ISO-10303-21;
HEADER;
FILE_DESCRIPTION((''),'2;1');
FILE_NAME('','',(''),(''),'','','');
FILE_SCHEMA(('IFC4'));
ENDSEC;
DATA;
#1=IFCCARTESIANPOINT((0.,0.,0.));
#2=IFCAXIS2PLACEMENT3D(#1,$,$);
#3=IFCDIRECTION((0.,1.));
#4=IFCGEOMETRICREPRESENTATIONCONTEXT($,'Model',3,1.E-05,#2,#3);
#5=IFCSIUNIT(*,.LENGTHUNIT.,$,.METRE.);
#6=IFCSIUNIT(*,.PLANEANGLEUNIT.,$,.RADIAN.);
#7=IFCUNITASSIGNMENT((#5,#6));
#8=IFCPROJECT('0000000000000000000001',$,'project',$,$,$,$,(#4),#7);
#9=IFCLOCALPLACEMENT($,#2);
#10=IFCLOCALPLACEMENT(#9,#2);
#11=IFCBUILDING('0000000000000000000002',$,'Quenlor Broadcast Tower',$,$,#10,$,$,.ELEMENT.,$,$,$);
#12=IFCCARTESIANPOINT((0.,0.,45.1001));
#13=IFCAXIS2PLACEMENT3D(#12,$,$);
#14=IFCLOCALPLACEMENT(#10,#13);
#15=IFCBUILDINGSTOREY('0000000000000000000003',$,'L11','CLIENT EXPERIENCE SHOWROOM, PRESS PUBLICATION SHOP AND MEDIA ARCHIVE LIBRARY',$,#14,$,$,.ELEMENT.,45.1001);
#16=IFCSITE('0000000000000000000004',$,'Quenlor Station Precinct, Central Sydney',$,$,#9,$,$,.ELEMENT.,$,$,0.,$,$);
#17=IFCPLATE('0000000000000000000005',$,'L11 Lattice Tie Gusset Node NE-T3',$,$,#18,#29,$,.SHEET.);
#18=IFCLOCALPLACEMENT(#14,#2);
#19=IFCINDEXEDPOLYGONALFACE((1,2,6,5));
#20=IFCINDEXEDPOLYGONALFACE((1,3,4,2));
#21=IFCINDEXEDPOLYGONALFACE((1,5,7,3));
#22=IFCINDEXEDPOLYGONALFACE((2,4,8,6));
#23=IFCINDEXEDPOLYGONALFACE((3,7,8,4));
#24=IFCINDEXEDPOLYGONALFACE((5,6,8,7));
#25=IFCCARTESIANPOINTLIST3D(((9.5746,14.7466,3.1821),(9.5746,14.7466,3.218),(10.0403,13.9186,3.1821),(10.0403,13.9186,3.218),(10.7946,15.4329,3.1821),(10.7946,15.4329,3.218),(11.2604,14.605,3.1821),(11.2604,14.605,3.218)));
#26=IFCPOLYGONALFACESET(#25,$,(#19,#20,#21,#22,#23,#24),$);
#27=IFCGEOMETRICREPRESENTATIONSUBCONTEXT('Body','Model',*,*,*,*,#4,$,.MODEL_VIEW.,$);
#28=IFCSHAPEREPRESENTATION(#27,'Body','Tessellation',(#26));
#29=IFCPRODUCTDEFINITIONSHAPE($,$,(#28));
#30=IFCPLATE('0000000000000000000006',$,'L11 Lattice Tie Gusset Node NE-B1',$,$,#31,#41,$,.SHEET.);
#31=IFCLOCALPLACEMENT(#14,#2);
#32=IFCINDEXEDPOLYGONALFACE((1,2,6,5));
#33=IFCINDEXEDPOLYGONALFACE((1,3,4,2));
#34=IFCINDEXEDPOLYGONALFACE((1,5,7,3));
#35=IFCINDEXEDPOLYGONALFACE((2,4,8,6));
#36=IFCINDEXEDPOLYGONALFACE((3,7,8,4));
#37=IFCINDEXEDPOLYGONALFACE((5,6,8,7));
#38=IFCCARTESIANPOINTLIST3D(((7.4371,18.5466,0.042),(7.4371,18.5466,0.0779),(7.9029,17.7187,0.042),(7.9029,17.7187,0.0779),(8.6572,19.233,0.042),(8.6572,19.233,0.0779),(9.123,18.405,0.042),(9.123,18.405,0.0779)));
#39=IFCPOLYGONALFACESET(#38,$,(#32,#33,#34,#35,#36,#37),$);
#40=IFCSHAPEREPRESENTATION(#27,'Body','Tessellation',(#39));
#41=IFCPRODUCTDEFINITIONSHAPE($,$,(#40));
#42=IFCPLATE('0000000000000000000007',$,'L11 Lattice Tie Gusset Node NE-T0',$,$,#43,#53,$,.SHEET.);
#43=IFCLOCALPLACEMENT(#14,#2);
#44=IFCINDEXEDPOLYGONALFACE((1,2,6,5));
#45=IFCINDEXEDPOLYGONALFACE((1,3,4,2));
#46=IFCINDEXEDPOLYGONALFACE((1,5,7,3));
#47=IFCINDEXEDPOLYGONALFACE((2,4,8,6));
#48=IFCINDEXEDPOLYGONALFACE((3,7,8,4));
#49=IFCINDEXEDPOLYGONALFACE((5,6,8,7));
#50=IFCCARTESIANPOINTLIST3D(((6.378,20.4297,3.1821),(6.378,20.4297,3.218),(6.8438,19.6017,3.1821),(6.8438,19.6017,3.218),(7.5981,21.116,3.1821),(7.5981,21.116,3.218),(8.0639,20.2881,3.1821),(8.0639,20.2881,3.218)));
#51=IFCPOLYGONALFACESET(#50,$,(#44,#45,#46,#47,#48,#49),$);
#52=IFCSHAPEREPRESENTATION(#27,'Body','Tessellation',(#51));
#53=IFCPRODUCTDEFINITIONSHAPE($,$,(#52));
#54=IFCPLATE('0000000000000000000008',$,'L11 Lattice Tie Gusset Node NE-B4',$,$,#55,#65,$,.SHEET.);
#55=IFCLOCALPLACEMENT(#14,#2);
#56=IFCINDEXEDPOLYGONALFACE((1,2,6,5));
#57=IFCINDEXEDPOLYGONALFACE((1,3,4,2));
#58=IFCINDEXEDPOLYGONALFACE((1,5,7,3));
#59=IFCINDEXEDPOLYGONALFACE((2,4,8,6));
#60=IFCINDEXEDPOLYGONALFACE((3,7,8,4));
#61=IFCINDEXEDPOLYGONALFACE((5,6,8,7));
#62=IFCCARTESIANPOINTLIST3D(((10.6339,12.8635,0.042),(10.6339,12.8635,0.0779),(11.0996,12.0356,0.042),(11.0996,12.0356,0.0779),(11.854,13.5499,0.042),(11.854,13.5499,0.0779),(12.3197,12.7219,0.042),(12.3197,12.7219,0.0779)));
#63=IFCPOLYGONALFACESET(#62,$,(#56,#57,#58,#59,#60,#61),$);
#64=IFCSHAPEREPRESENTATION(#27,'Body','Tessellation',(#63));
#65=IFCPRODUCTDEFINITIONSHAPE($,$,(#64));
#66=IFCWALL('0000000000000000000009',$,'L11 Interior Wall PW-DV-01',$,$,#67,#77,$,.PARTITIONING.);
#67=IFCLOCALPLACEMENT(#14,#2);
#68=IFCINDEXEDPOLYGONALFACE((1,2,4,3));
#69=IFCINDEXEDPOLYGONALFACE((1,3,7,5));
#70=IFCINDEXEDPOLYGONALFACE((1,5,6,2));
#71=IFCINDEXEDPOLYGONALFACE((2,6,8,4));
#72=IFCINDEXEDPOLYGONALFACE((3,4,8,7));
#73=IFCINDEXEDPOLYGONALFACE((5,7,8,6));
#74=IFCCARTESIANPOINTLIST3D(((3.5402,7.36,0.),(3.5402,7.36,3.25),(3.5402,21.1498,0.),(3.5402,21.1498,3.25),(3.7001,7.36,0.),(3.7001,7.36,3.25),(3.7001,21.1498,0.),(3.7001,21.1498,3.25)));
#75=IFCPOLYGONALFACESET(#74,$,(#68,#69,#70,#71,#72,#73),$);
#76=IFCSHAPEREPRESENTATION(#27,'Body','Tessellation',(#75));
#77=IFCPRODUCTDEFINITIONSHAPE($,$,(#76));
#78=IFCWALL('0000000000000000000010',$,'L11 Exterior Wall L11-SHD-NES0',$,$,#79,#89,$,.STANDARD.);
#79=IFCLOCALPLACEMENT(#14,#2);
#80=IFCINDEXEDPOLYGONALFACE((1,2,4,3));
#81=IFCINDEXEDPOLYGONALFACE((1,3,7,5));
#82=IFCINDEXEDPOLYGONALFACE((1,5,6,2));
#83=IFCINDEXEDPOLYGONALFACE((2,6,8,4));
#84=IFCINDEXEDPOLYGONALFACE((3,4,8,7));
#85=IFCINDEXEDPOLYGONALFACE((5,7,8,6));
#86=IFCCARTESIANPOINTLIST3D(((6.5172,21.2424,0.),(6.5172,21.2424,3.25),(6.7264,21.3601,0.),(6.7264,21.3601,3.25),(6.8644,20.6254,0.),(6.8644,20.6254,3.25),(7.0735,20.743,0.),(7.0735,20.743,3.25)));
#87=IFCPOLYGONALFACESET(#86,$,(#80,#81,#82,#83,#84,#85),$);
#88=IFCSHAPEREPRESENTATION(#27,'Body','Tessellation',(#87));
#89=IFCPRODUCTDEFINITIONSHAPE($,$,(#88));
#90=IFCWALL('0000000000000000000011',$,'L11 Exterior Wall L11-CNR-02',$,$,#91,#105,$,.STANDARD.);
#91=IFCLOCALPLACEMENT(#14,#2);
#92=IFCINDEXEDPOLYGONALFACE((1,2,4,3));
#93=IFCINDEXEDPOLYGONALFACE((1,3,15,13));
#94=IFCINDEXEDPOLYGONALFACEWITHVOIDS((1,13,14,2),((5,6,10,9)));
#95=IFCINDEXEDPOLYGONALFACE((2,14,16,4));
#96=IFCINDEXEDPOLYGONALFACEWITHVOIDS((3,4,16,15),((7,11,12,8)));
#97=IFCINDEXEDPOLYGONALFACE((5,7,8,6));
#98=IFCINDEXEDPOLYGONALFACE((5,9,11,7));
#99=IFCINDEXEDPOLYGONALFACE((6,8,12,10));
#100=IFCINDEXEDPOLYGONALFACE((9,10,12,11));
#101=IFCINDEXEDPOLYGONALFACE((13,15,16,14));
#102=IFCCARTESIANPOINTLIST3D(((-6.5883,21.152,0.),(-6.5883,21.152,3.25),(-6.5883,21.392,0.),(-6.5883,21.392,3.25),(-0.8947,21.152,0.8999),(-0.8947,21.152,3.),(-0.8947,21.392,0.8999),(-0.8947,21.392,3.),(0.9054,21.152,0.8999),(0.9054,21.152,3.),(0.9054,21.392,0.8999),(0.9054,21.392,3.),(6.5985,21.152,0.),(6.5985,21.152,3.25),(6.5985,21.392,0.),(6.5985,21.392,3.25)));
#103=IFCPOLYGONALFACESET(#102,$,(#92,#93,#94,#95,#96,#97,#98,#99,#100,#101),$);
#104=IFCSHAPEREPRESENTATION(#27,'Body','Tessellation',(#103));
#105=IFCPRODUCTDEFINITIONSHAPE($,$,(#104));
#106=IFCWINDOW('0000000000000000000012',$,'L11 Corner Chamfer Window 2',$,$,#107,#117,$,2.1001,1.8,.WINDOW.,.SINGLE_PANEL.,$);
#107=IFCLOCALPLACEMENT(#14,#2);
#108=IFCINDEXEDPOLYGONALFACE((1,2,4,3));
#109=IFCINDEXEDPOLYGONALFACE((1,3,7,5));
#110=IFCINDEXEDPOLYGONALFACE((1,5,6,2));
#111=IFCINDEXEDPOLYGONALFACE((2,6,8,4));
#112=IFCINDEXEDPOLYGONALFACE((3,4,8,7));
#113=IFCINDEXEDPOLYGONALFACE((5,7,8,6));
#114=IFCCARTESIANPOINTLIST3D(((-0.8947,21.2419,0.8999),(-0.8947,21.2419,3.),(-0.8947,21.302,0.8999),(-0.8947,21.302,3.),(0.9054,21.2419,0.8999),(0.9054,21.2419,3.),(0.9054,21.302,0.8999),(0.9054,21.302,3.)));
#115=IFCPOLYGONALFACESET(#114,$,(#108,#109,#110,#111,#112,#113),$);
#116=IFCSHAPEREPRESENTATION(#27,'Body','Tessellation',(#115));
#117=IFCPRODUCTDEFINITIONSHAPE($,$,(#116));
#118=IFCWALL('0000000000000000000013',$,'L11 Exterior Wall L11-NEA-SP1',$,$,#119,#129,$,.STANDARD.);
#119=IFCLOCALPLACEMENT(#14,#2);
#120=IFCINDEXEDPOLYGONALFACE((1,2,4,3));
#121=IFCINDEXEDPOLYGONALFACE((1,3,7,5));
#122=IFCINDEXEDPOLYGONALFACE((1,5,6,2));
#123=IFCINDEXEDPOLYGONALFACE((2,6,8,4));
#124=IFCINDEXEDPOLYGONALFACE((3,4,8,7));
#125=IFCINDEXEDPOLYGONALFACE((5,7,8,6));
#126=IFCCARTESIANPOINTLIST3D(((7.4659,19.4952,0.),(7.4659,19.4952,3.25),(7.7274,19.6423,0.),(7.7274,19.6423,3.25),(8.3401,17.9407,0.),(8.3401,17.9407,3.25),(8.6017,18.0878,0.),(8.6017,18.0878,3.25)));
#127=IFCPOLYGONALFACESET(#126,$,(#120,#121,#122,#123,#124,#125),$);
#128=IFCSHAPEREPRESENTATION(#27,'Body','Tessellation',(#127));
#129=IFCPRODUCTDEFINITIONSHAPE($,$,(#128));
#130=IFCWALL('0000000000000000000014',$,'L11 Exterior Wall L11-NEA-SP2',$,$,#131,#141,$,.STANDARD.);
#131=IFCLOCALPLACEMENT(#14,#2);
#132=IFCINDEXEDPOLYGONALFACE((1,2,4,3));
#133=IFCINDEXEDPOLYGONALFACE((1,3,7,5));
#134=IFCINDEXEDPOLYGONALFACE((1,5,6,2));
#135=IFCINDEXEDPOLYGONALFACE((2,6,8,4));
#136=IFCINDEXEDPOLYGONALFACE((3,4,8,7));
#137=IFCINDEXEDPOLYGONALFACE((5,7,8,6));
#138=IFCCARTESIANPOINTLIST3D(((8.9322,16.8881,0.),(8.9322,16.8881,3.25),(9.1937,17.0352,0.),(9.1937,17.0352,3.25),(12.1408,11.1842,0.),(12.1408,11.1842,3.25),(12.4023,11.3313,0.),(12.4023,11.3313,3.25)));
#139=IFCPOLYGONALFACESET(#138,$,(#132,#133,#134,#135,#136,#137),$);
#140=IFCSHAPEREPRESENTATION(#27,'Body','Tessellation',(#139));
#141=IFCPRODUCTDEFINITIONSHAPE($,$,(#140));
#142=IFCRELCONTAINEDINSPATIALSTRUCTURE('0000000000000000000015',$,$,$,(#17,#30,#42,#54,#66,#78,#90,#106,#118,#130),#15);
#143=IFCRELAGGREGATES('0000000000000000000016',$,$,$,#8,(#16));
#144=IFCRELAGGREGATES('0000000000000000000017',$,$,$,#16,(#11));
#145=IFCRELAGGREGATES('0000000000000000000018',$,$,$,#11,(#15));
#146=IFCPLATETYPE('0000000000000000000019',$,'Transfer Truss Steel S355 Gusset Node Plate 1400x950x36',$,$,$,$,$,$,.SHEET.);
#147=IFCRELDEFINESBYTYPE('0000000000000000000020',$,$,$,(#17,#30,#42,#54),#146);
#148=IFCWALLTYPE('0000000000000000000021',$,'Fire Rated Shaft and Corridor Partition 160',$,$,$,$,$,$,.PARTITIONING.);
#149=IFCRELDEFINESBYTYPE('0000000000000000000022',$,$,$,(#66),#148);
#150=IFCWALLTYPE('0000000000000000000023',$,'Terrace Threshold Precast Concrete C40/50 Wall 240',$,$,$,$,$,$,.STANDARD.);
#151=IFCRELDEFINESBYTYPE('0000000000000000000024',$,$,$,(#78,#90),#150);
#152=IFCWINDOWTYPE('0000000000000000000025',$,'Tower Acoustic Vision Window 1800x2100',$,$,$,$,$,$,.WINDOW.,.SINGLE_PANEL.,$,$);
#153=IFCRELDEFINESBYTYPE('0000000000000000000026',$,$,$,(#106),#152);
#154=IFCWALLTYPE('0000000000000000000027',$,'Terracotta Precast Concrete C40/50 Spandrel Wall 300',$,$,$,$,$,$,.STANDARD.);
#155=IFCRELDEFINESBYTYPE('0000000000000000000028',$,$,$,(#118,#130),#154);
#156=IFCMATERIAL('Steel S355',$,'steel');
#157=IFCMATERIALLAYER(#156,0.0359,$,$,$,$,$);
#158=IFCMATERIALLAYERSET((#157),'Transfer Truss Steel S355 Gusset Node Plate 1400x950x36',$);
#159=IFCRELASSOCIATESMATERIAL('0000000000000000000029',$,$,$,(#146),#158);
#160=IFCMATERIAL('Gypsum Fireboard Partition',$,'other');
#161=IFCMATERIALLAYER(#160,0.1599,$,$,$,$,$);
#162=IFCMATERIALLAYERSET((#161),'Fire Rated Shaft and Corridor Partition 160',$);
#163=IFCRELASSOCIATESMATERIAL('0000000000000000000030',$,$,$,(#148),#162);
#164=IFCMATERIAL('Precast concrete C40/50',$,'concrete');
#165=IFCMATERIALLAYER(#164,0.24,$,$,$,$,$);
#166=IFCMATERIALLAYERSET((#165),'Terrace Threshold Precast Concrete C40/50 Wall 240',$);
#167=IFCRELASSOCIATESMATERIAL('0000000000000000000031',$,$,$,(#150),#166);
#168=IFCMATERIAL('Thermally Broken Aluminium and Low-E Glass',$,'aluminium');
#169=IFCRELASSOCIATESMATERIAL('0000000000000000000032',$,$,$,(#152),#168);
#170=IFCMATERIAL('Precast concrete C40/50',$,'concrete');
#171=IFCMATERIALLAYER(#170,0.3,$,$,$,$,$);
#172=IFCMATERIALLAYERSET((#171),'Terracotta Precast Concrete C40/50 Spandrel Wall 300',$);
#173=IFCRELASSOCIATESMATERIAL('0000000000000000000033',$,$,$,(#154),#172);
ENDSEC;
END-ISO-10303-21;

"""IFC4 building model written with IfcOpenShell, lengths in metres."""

from ifc_helpers import new_model, si_unit, direction, frame, frame_2d, origin, origin_2d, place, context, subcontext, project, spatial, rectangle, extrude, material, layer, layer_set, type_object, element, fill, save


model = new_model("IFC4")

# Units and contexts
model_context = context("Model", 3, precision=1e-05, world=origin(), true_north=direction((0.0, 1.0)))
body_context = subcontext(model_context, "Body", "Model", "MODEL_VIEW")
ifc_project = project(units=[si_unit("LENGTHUNIT", "METRE"), si_unit("PLANEANGLEUNIT", "RADIAN")], contexts=[model_context])

# Site, building, storey
site_placement = place(None, origin())
site = spatial("IfcSite", under=ifc_project, at=site_placement, Name="Quenlor Station Precinct, Central Sydney", CompositionType="ELEMENT", RefElevation=0.0)
building_placement = place(site_placement, origin())
building = spatial("IfcBuilding", under=site, at=building_placement, Name="Quenlor Broadcast Tower", CompositionType="ELEMENT")
storey_placement = place(building_placement, frame((0.0, 0.0, 45.1001)))
storey = spatial("IfcBuildingStorey", under=building, at=storey_placement, Name="L11", Description="CLIENT EXPERIENCE SHOWROOM, PRESS PUBLICATION SHOP AND MEDIA ARCHIVE LIBRARY", CompositionType="ELEMENT", Elevation=45.1001)

# Plates
ifc_material_1 = material(Name="Steel S355", Category="steel")
ifc_layer_1 = layer(ifc_material_1, 0.0359)
ifc_layer_set_1 = layer_set([ifc_layer_1], Name="Transfer Truss Steel S355 Gusset Node Plate 1400x950x36")
plate_type_1 = type_object("IfcPlateType", Name="Transfer Truss Steel S355 Gusset Node Plate 1400x950x36", PredefinedType="SHEET", material=ifc_layer_set_1)
for number, where, z_axis, x_axis, name in (
    (1, (10.4175, 14.6758, 3.1821), (0.0, 0.0, 1.0), (0.871556, 0.490295, 0.0), "L11 Lattice Tie Gusset Node NE-T3"),
    (2, (8.28, 18.4758, 0.042), (0.0, 0.0, 1.0), (0.871556, 0.490295, 0.0), "L11 Lattice Tie Gusset Node NE-B1"),
    (3, (7.2209, 20.3589, 3.1821), (0.0, 0.0, 1.0), (0.871556, 0.490295, 0.0), "L11 Lattice Tie Gusset Node NE-T0"),
    (4, (11.4768, 12.7927, 0.042), (0.0, 0.0, 1.0), (0.871556, 0.490295, 0.0), "L11 Lattice Tie Gusset Node NE-B4"),
):
    element("IfcPlate", number, at=place(storey_placement, frame(where, z_axis=z_axis, x_axis=x_axis)), inside=storey, type_object=plate_type_1, Name=name, PredefinedType="SHEET", context=body_context, shape_type="SweptSolid", body=[
        extrude(rectangle(XDim=1.3999, YDim=0.95, at=origin_2d()), origin(), (0.0, 0.0, 1.0), 0.0359),
    ])

# Walls
ifc_material_2 = material(Name="Gypsum Fireboard Partition", Category="other")
ifc_layer_2 = layer(ifc_material_2, 0.1599)
ifc_layer_set_2 = layer_set([ifc_layer_2], Name="Fire Rated Shaft and Corridor Partition 160")
wall_type_1 = type_object("IfcWallType", Name="Fire Rated Shaft and Corridor Partition 160", PredefinedType="PARTITIONING", material=ifc_layer_set_2)
wall_1_placement = place(storey_placement, frame((3.6201, 21.1499, 0.0), z_axis=(0.0, 0.0, 1.0), x_axis=(0.0, -1.0, 0.0)))
element("IfcWall", 5, at=wall_1_placement, inside=storey, type_object=wall_type_1, Name="L11 Interior Wall PW-DV-01", PredefinedType="PARTITIONING", context=body_context, shape_type="SweptSolid", body=[
    extrude(rectangle(XDim=13.7898, YDim=0.1599, at=frame_2d((6.895, 0.0))), origin(), (0.0, 0.0, 1.0), 3.25),
])
ifc_material_3 = material(Name="Precast concrete C40/50", Category="concrete")
ifc_layer_3 = layer(ifc_material_3, 0.24)
ifc_layer_set_3 = layer_set([ifc_layer_3], Name="Terrace Threshold Precast Concrete C40/50 Wall 240")
wall_type_2 = type_object("IfcWallType", Name="Terrace Threshold Precast Concrete C40/50 Wall 240", PredefinedType="STANDARD", material=ifc_layer_set_3)
wall_2_placement = place(storey_placement, frame((6.6218, 21.3013, 0.0), z_axis=(0.0, 0.0, 1.0), x_axis=(0.490261, -0.871576, 0.0)))
element("IfcWall", 6, at=wall_2_placement, inside=storey, type_object=wall_type_2, Name="L11 Exterior Wall L11-SHD-NES0", PredefinedType="STANDARD", context=body_context, shape_type="SweptSolid", body=[
    extrude(rectangle(XDim=0.708, YDim=0.24, at=frame_2d((0.354, 0.0))), origin(), (0.0, 0.0, 1.0), 3.25),
])

# Wall, opening, window
wall_3_placement = place(storey_placement, frame((6.5984, 21.272, 0.0), z_axis=(0.0, 0.0, 1.0), x_axis=(-1.0, 0.0, 0.0)))
wall_3 = element("IfcWall", 7, at=wall_3_placement, inside=storey, type_object=wall_type_2, Name="L11 Exterior Wall L11-CNR-02", PredefinedType="STANDARD", context=body_context, shape_type="SweptSolid", body=[
    extrude(rectangle(XDim=13.1868, YDim=0.24, at=frame_2d((6.5933, 0.0))), origin(), (0.0, 0.0, 1.0), 3.25),
])
opening_placement = place(wall_3_placement, frame((5.6931, 0.0, 0.8999)))
opening = element("IfcOpeningElement", 8, at=opening_placement, cuts=wall_3, PredefinedType="OPENING", context=body_context, shape_type="SweptSolid", body=[
    extrude(rectangle(XDim=1.8, YDim=2.1001, at=frame_2d((0.8999, 1.05))), frame((0.0, 0.1299, 0.0), z_axis=(0.0, -1.0, 0.0), x_axis=(1.0, 0.0, 0.0)), (0.0, 0.0, 1.0), 0.26),
])
ifc_material_4 = material(Name="Thermally Broken Aluminium and Low-E Glass", Category="aluminium")
window_type = type_object("IfcWindowType", Name="Tower Acoustic Vision Window 1800x2100", PartitioningType="SINGLE_PANEL", PredefinedType="WINDOW", material=ifc_material_4)
window_placement = place(opening_placement, origin())
window = element("IfcWindow", 9, at=window_placement, inside=storey, type_object=window_type, Name="L11 Corner Chamfer Window 2", OverallHeight=2.1001, OverallWidth=1.8, PartitioningType="SINGLE_PANEL", PredefinedType="WINDOW", context=body_context, shape_type="SweptSolid", body=[
    extrude(rectangle(XDim=1.8, YDim=2.1001, at=frame_2d((0.8999, 1.05))), frame((0.0, 0.03, 0.0), z_axis=(0.0, -1.0, 0.0), x_axis=(1.0, 0.0, 0.0)), (0.0, 0.0, 1.0), 0.0601),
])
fill(opening, window)

# Walls
ifc_material_5 = material(Name="Precast concrete C40/50", Category="concrete")
ifc_layer_4 = layer(ifc_material_5, 0.3)
ifc_layer_set_4 = layer_set([ifc_layer_4], Name="Terracotta Precast Concrete C40/50 Spandrel Wall 300")
wall_type_3 = type_object("IfcWallType", Name="Terracotta Precast Concrete C40/50 Spandrel Wall 300", PredefinedType="STANDARD", material=ifc_layer_set_4)
wall_4_placement = place(storey_placement, frame((7.5967, 19.5686, 0.0), z_axis=(0.0, 0.0, 1.0), x_axis=(0.490216, -0.871601, 0.0)))
element("IfcWall", 10, at=wall_4_placement, inside=storey, type_object=wall_type_3, Name="L11 Exterior Wall L11-NEA-SP1", PredefinedType="STANDARD", context=body_context, shape_type="SweptSolid", body=[
    extrude(rectangle(XDim=1.7834, YDim=0.3, at=frame_2d((0.8916, 0.0))), origin(), (0.0, 0.0, 1.0), 3.25),
])
wall_5_placement = place(storey_placement, frame((9.063, 16.9617, 0.0), z_axis=(0.0, 0.0, 1.0), x_axis=(0.49027, -0.871571, 0.0)))
element("IfcWall", 11, at=wall_5_placement, inside=storey, type_object=wall_type_3, Name="L11 Exterior Wall L11-NEA-SP2", PredefinedType="STANDARD", context=body_context, shape_type="SweptSolid", body=[
    extrude(rectangle(XDim=6.5444, YDim=0.3, at=frame_2d((3.2722, 0.0))), origin(), (0.0, 0.0, 1.0), 3.25),
])

save(model, "model.ifc")
